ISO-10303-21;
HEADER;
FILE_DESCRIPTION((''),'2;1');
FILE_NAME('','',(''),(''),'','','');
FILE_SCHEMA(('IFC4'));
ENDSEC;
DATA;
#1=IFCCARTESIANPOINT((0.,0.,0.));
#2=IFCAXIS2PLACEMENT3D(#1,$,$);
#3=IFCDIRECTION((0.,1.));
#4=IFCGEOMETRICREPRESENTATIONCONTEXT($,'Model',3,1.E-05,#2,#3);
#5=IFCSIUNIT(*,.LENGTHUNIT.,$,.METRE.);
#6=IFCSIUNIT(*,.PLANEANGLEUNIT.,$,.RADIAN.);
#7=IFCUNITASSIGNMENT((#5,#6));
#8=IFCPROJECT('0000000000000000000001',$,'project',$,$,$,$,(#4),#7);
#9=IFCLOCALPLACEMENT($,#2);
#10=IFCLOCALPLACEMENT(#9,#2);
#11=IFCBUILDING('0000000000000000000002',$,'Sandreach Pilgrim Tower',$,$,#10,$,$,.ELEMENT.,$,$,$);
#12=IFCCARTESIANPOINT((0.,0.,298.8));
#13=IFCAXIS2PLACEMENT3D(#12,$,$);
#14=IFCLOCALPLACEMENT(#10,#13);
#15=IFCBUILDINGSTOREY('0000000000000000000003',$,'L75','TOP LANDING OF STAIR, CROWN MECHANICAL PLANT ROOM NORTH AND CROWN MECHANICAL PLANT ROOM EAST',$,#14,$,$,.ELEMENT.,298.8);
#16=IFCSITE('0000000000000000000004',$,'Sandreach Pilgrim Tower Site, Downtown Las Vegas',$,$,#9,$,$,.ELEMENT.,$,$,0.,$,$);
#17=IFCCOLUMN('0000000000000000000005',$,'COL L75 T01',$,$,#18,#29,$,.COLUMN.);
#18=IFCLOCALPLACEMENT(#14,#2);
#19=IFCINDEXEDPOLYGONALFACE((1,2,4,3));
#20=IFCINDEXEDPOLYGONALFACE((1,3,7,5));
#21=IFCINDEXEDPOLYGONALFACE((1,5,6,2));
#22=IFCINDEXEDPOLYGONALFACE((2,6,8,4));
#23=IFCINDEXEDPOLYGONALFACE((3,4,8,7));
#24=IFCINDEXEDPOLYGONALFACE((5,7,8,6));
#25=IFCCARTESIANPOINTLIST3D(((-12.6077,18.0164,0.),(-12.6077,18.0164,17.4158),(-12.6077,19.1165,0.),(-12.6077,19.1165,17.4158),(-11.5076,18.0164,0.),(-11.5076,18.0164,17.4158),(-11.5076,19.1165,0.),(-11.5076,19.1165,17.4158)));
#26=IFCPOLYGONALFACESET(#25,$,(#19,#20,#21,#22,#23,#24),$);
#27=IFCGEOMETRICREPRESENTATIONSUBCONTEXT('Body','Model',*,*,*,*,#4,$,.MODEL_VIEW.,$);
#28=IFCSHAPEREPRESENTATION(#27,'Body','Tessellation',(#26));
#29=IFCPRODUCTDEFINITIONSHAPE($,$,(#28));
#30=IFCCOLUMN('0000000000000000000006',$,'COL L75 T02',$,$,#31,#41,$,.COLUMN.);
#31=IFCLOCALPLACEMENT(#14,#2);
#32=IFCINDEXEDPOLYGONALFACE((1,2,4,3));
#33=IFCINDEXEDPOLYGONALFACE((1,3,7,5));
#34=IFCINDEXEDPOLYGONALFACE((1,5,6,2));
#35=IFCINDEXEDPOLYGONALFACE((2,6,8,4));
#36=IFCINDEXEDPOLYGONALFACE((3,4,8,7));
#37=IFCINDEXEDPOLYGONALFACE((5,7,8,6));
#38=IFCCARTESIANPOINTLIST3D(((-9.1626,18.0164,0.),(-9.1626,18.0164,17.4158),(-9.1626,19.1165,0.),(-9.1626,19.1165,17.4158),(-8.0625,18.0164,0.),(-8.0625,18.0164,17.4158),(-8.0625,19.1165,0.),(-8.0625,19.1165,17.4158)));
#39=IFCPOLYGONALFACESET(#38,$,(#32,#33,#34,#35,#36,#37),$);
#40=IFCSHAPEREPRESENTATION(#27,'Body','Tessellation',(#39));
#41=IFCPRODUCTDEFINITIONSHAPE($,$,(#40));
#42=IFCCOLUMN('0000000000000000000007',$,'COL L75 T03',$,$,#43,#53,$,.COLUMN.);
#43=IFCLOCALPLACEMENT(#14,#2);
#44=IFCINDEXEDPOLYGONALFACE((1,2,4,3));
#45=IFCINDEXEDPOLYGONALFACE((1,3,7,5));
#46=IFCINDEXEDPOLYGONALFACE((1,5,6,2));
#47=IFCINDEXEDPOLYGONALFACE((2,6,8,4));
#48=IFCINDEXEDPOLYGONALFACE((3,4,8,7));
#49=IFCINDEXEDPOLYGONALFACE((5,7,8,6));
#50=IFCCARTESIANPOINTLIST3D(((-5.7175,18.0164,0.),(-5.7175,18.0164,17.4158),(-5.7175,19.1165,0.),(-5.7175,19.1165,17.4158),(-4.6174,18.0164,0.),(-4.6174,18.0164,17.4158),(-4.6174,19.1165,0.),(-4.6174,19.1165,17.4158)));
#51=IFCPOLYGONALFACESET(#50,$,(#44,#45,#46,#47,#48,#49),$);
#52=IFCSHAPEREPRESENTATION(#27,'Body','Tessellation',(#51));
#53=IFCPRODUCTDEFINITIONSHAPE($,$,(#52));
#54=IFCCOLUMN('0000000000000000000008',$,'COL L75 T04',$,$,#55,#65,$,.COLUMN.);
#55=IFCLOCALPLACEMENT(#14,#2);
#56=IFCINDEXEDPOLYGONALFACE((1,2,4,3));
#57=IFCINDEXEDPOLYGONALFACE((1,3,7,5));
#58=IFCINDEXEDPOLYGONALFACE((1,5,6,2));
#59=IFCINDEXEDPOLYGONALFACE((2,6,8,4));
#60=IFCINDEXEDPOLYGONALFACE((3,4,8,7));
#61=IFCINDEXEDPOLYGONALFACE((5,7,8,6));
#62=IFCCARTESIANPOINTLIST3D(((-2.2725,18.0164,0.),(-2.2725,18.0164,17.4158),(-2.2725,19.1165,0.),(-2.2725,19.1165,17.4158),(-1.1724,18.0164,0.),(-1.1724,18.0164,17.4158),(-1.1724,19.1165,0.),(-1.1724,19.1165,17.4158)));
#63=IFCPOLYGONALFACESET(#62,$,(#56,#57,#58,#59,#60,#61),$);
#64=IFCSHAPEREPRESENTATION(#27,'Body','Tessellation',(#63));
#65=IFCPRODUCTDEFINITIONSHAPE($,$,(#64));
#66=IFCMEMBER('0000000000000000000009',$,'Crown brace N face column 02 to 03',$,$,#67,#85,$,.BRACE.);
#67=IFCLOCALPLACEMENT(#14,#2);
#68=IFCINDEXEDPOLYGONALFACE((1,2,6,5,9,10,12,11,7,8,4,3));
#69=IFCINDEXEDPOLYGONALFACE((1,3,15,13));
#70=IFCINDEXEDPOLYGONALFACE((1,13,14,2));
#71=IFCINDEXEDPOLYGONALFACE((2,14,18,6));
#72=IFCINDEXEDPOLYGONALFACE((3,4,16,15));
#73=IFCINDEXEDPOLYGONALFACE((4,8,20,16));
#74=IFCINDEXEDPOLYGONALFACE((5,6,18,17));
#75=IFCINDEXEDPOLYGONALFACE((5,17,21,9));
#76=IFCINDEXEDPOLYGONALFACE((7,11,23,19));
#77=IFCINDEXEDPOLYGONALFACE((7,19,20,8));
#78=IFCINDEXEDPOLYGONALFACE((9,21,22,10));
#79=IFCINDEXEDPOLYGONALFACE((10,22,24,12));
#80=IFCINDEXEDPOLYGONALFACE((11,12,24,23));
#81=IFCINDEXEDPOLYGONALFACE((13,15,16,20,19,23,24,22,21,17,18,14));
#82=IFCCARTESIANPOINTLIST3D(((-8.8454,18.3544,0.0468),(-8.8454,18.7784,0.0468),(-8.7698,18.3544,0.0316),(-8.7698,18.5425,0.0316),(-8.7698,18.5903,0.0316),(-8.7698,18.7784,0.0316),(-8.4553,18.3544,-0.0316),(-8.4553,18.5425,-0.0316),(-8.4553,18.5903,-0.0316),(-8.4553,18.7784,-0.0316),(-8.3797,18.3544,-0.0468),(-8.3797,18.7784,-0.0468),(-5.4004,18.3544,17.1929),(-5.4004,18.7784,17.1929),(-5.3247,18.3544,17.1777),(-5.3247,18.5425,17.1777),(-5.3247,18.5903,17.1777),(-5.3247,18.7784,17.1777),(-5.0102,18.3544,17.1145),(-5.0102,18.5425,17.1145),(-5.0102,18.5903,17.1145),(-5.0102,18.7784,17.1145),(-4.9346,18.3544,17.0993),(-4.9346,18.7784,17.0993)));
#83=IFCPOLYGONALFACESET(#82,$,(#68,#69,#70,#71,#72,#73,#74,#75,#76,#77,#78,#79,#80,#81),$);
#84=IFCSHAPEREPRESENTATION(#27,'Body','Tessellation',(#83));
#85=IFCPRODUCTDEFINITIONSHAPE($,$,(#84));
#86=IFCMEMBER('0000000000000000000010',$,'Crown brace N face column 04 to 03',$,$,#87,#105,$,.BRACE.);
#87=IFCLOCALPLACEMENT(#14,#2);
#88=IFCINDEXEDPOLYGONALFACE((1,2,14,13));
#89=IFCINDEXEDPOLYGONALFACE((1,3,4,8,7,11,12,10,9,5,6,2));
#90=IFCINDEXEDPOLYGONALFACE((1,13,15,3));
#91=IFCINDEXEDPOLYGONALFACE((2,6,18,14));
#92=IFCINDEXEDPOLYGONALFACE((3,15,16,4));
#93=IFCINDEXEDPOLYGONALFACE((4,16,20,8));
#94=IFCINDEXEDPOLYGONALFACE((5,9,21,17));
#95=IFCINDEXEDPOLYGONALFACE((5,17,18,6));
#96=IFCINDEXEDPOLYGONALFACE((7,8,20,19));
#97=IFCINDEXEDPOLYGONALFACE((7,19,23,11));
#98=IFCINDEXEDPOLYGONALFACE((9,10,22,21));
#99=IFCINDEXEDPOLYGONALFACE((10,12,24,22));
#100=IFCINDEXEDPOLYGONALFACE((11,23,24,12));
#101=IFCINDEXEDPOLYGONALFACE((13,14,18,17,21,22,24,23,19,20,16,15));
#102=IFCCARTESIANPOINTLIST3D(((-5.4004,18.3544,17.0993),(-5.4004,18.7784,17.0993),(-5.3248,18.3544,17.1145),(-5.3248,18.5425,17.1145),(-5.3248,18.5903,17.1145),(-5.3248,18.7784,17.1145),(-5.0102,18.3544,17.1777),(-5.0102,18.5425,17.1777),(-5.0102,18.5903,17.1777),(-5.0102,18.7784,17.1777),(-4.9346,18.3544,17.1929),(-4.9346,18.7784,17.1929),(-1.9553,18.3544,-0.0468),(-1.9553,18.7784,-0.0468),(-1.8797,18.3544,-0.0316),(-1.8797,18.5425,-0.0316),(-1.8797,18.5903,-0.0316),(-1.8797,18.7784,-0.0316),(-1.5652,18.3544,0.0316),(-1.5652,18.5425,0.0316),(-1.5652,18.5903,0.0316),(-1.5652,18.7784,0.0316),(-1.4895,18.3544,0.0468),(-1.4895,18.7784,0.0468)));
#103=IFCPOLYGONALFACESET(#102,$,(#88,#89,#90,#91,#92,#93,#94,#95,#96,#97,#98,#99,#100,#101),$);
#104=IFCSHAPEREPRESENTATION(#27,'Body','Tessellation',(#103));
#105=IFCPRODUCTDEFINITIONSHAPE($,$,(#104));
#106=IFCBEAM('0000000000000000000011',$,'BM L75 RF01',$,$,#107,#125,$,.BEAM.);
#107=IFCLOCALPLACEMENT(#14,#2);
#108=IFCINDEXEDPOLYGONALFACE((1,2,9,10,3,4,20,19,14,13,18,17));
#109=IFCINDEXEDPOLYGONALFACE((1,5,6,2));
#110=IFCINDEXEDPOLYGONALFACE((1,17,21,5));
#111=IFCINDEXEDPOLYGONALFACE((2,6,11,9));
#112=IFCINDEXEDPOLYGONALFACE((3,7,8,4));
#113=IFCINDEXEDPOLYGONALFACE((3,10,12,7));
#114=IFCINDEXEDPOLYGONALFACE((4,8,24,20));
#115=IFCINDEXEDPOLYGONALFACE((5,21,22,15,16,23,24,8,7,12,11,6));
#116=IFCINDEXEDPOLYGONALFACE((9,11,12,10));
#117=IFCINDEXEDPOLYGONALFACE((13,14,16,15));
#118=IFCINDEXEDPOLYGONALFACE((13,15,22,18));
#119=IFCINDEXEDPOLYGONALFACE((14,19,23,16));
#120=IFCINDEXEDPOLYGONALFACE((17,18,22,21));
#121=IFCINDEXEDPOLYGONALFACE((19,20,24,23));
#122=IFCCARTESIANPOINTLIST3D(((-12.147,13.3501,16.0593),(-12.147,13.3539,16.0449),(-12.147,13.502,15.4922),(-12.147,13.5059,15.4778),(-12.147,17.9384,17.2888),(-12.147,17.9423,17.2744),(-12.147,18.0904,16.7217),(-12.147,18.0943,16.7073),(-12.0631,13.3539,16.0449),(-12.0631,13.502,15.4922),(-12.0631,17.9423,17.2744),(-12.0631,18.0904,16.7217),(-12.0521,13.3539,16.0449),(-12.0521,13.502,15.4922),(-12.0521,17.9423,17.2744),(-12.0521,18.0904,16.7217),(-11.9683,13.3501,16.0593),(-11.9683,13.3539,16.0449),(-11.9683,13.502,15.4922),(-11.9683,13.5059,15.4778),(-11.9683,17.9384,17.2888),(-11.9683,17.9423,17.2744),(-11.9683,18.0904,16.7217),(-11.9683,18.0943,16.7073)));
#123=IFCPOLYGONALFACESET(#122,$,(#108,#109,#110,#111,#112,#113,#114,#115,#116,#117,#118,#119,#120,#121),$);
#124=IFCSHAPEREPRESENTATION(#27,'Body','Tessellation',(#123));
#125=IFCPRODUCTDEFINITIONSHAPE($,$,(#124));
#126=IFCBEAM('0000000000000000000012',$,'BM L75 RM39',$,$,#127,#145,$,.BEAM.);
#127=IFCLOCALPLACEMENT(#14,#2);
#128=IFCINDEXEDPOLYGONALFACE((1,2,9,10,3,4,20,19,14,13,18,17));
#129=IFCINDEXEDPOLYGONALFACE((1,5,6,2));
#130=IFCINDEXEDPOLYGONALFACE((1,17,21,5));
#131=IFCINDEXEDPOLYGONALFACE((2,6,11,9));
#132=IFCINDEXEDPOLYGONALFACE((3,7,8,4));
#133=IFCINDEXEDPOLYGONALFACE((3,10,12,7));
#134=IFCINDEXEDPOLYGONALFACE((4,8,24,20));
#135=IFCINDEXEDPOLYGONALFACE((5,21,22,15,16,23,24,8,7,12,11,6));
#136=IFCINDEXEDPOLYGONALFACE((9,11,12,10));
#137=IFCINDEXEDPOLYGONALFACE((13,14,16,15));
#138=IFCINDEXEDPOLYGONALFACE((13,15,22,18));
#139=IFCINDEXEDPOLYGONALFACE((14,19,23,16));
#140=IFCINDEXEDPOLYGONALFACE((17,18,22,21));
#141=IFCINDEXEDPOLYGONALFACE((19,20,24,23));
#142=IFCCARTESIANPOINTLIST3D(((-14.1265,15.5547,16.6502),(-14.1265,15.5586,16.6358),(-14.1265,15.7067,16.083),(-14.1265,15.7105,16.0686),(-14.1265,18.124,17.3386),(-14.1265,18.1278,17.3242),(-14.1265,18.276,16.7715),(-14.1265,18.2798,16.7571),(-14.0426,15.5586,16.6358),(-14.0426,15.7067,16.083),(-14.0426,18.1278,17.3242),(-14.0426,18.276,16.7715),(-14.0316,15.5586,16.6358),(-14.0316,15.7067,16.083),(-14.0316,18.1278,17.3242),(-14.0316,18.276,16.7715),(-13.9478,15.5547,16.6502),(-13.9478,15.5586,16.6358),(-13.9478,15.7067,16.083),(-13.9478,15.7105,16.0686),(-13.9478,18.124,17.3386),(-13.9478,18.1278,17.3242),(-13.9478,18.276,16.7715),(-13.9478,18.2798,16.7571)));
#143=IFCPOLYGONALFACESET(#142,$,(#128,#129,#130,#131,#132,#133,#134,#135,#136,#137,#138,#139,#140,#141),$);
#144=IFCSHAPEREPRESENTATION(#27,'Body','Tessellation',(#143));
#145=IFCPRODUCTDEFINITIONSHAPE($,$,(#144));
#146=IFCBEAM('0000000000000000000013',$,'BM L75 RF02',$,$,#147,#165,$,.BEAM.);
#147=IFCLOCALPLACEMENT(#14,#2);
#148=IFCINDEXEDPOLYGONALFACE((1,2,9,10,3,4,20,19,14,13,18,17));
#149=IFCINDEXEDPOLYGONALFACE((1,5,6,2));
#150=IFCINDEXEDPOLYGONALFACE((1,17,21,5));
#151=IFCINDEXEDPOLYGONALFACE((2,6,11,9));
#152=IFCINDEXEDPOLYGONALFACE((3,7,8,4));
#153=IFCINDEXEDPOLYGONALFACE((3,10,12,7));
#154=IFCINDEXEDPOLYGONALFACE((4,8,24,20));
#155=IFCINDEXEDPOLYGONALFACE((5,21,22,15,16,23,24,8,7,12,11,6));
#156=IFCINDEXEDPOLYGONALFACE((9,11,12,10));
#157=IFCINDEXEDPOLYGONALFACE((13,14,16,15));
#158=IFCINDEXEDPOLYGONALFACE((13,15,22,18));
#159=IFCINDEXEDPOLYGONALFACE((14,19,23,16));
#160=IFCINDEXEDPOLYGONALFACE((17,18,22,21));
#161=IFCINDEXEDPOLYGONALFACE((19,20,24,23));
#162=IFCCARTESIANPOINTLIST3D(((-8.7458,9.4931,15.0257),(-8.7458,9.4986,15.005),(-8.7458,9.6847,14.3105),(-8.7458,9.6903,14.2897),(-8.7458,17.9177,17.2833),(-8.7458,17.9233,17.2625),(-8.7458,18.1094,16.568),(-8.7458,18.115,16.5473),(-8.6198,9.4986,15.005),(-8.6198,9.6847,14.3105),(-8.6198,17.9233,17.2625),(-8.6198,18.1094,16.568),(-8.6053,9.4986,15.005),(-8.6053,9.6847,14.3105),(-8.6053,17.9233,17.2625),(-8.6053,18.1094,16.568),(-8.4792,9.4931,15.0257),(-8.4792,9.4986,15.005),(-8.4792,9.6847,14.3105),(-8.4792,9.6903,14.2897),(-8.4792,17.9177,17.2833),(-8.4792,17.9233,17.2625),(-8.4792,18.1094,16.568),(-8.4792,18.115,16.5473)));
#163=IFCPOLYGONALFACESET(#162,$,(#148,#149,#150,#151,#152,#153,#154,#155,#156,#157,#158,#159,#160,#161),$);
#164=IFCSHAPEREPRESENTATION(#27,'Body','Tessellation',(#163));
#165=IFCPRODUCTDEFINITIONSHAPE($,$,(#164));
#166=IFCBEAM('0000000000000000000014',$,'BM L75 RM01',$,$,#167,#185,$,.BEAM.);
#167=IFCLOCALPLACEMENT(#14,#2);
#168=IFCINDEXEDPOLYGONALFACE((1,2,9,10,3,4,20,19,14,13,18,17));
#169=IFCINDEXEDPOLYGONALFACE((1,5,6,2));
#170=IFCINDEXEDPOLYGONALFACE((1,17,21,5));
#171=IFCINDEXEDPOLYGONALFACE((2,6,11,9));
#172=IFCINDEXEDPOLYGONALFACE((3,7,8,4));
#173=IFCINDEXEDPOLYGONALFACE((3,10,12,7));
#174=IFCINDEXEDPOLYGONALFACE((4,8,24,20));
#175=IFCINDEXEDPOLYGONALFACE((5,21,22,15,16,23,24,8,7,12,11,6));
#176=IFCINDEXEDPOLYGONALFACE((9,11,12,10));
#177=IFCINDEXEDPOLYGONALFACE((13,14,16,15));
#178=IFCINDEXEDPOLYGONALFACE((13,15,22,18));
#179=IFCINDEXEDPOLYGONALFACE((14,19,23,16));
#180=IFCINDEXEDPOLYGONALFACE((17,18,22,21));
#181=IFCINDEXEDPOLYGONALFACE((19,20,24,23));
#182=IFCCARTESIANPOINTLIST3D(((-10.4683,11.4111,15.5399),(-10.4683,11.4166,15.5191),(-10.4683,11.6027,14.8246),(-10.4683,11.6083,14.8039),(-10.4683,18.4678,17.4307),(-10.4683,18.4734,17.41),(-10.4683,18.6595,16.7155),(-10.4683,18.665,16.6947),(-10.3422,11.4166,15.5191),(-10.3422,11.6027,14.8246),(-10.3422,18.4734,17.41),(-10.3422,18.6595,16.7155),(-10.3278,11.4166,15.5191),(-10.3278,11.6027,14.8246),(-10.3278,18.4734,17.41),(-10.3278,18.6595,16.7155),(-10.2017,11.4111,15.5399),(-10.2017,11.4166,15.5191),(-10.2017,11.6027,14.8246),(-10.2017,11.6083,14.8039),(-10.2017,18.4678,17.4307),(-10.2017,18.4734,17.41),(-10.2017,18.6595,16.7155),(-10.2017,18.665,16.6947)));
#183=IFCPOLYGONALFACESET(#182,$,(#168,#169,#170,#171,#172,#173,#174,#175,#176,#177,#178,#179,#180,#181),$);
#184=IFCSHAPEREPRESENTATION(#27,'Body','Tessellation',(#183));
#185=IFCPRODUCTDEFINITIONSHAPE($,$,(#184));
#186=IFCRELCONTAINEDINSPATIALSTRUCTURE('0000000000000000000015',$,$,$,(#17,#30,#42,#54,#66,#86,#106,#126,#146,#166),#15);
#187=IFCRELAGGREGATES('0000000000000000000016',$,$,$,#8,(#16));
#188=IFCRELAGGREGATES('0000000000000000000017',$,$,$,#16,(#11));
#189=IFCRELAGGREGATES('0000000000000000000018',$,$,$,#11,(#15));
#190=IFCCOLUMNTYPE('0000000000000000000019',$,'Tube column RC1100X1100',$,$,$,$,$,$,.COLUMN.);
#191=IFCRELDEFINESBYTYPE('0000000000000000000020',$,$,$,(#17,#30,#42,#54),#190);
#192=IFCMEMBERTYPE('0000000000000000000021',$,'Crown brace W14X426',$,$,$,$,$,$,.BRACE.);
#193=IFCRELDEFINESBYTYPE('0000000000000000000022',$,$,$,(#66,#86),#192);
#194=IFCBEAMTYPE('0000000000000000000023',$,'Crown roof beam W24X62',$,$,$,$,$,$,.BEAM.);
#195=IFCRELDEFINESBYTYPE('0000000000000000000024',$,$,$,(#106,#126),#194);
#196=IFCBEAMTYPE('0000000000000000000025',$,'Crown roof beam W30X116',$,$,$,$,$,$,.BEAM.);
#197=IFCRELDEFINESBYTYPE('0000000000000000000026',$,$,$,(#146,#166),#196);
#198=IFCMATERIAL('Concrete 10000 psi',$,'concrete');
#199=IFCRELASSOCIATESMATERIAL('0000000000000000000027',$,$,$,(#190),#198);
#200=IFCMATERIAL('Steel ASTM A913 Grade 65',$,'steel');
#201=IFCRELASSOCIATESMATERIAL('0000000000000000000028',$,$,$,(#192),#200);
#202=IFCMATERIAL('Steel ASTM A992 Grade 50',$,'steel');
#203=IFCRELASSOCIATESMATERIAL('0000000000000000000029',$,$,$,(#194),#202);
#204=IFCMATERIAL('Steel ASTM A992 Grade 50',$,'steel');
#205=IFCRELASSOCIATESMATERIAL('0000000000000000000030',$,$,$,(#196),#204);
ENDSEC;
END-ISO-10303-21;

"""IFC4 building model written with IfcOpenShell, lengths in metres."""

from ifc_helpers import new_model, si_unit, direction, frame, origin, origin_2d, place, context, subcontext, project, spatial, rectangle, i_section, extrude, material, material_profile, profile_set, type_object, element, save


model = new_model("IFC4")

# Units and contexts
model_context = context("Model", 3, precision=1e-05, world=origin(), true_north=direction((0.0, 1.0)))
body_context = subcontext(model_context, "Body", "Model", "MODEL_VIEW")
ifc_project = project(units=[si_unit("LENGTHUNIT", "METRE"), si_unit("PLANEANGLEUNIT", "RADIAN")], contexts=[model_context])

# Site, building, storey
site_placement = place(None, origin())
site = spatial("IfcSite", under=ifc_project, at=site_placement, Name="Sandreach Pilgrim Tower Site, Downtown Las Vegas", CompositionType="ELEMENT", RefElevation=0.0)
building_placement = place(site_placement, origin())
building = spatial("IfcBuilding", under=site, at=building_placement, Name="Sandreach Pilgrim Tower", CompositionType="ELEMENT")
storey_placement = place(building_placement, frame((0.0, 0.0, 298.8)))
storey = spatial("IfcBuildingStorey", under=building, at=storey_placement, Name="L75", Description="TOP LANDING OF STAIR, CROWN MECHANICAL PLANT ROOM NORTH AND CROWN MECHANICAL PLANT ROOM EAST", CompositionType="ELEMENT", Elevation=298.8)

# Columns
ifc_material_1 = material(Name="Concrete 10000 psi", Category="concrete")
ifc_material_profile_1 = material_profile(ifc_material_1, rectangle(XDim=1.1001, YDim=1.1001, at=origin_2d()), Name="RC1100X1100")
ifc_profile_set_1 = profile_set([ifc_material_profile_1], Name="Concrete 10000 psi")
column_type = type_object("IfcColumnType", Name="Tube column RC1100X1100", PredefinedType="COLUMN", material=ifc_profile_set_1)
for number, where, z_axis, x_axis, name in (
    (1, (-12.0576, 18.5664, 0.0), (0.0, 0.0, 1.0), (0.0, 1.0, 0.0), "COL L75 T01"),
    (2, (-8.6125, 18.5664, 0.0), (0.0, 0.0, 1.0), (0.0, 1.0, 0.0), "COL L75 T02"),
    (3, (-5.1675, 18.5664, 0.0), (0.0, 0.0, 1.0), (0.0, 1.0, 0.0), "COL L75 T03"),
    (4, (-1.7224, 18.5664, 0.0), (0.0, 0.0, 1.0), (0.0, 1.0, 0.0), "COL L75 T04"),
):
    element("IfcColumn", number, at=place(storey_placement, frame(where, z_axis=z_axis, x_axis=x_axis)), inside=storey, type_object=column_type, Name=name, PredefinedType="COLUMN", context=body_context, shape_type="SweptSolid", body=[
        extrude(rectangle(XDim=1.1001, YDim=1.1001, at=origin_2d()), origin(), (0.0, 0.0, 1.0), 17.4158),
    ])

# Members
ifc_material_2 = material(Name="Steel ASTM A913 Grade 65", Category="steel")
ifc_material_profile_2 = material_profile(ifc_material_2, i_section(OverallWidth=0.4241, OverallDepth=0.4751, WebThickness=0.0479, FlangeThickness=0.0771, at=origin_2d()), Name="W14X426")
ifc_profile_set_2 = profile_set([ifc_material_profile_2], Name="Steel ASTM A913 Grade 65")
member_type = type_object("IfcMemberType", Name="Crown brace W14X426", PredefinedType="BRACE", material=ifc_profile_set_2)
for number, where, z_axis, x_axis, name in (
    (5, (-8.6125, 18.5664, 0.0), (0.196989, 0.0, 0.980406), (0.0, 1.0, 0.0), "Crown brace N face column 02 to 03"),
    (6, (-1.7224, 18.5664, 0.0), (-0.196989, 0.0, 0.980406), (0.0, -1.0, 0.0), "Crown brace N face column 04 to 03"),
):
    element("IfcMember", number, at=place(storey_placement, frame(where, z_axis=z_axis, x_axis=x_axis)), inside=storey, type_object=member_type, Name=name, PredefinedType="BRACE", context=body_context, shape_type="SweptSolid", body=[
        extrude(i_section(OverallWidth=0.4241, OverallDepth=0.4751, WebThickness=0.0479, FlangeThickness=0.0771, at=origin_2d()), origin(), (0.0, 0.0, 1.0), 17.4888),
    ])

# Beams
ifc_material_3 = material(Name="Steel ASTM A992 Grade 50", Category="steel")
ifc_material_profile_3 = material_profile(ifc_material_3, i_section(OverallWidth=0.1787, OverallDepth=0.6021, WebThickness=0.011, FlangeThickness=0.0149, at=origin_2d()), Name="W24X62")
ifc_profile_set_3 = profile_set([ifc_material_profile_3], Name="Steel ASTM A992 Grade 50")
beam_type_1 = type_object("IfcBeamType", Name="Crown roof beam W24X62", PredefinedType="BEAM", material=ifc_profile_set_3)
beam_1_placement = place(storey_placement, frame((-12.0576, 18.0164, 16.998), z_axis=(0.0, -0.965924, -0.258827), x_axis=(1.0, 0.0, 0.0)))
element("IfcBeam", 7, at=beam_1_placement, inside=storey, type_object=beam_type_1, Name="BM L75 RF01", PredefinedType="BEAM", context=body_context, shape_type="SweptSolid", body=[
    extrude(i_section(OverallWidth=0.1787, OverallDepth=0.6021, WebThickness=0.011, FlangeThickness=0.0149, at=origin_2d()), origin(), (0.0, 0.0, 1.0), 4.7502),
])
beam_2_placement = place(storey_placement, frame((-14.0371, 18.2019, 17.0479), z_axis=(0.0, -0.965923, -0.258828), x_axis=(1.0, 0.0, 0.0)))
element("IfcBeam", 8, at=beam_2_placement, inside=storey, type_object=beam_type_1, Name="BM L75 RM39", PredefinedType="BEAM", context=body_context, shape_type="SweptSolid", body=[
    extrude(i_section(OverallWidth=0.1787, OverallDepth=0.6021, WebThickness=0.011, FlangeThickness=0.0149, at=origin_2d()), origin(), (0.0, 0.0, 1.0), 2.6599),
])
ifc_material_4 = material(Name="Steel ASTM A992 Grade 50", Category="steel")
ifc_material_profile_4 = material_profile(ifc_material_4, i_section(OverallWidth=0.2666, OverallDepth=0.762, WebThickness=0.0144, FlangeThickness=0.0215, at=origin_2d()), Name="W30X116")
ifc_profile_set_4 = profile_set([ifc_material_profile_4], Name="Steel ASTM A992 Grade 50")
beam_type_2 = type_object("IfcBeamType", Name="Crown roof beam W30X116", PredefinedType="BEAM", material=ifc_profile_set_4)
beam_3_placement = place(storey_placement, frame((-8.6125, 18.0164, 16.9153), z_axis=(0.0, -0.965922, -0.258835), x_axis=(1.0, 0.0, 0.0)))
element("IfcBeam", 9, at=beam_3_placement, inside=storey, type_object=beam_type_2, Name="BM L75 RF02", PredefinedType="BEAM", context=body_context, shape_type="SweptSolid", body=[
    extrude(i_section(OverallWidth=0.2666, OverallDepth=0.762, WebThickness=0.0144, FlangeThickness=0.0215, at=origin_2d()), origin(), (0.0, 0.0, 1.0), 8.7219),
])
beam_4_placement = place(storey_placement, frame((-10.335, 18.5664, 17.0627), z_axis=(0.0, -0.965924, -0.258825), x_axis=(1.0, 0.0, 0.0)))
element("IfcBeam", 10, at=beam_4_placement, inside=storey, type_object=beam_type_2, Name="BM L75 RM01", PredefinedType="BEAM", context=body_context, shape_type="SweptSolid", body=[
    extrude(i_section(OverallWidth=0.2666, OverallDepth=0.762, WebThickness=0.0144, FlangeThickness=0.0215, at=origin_2d()), origin(), (0.0, 0.0, 1.0), 7.3057),
])

save(model, "model.ifc")
